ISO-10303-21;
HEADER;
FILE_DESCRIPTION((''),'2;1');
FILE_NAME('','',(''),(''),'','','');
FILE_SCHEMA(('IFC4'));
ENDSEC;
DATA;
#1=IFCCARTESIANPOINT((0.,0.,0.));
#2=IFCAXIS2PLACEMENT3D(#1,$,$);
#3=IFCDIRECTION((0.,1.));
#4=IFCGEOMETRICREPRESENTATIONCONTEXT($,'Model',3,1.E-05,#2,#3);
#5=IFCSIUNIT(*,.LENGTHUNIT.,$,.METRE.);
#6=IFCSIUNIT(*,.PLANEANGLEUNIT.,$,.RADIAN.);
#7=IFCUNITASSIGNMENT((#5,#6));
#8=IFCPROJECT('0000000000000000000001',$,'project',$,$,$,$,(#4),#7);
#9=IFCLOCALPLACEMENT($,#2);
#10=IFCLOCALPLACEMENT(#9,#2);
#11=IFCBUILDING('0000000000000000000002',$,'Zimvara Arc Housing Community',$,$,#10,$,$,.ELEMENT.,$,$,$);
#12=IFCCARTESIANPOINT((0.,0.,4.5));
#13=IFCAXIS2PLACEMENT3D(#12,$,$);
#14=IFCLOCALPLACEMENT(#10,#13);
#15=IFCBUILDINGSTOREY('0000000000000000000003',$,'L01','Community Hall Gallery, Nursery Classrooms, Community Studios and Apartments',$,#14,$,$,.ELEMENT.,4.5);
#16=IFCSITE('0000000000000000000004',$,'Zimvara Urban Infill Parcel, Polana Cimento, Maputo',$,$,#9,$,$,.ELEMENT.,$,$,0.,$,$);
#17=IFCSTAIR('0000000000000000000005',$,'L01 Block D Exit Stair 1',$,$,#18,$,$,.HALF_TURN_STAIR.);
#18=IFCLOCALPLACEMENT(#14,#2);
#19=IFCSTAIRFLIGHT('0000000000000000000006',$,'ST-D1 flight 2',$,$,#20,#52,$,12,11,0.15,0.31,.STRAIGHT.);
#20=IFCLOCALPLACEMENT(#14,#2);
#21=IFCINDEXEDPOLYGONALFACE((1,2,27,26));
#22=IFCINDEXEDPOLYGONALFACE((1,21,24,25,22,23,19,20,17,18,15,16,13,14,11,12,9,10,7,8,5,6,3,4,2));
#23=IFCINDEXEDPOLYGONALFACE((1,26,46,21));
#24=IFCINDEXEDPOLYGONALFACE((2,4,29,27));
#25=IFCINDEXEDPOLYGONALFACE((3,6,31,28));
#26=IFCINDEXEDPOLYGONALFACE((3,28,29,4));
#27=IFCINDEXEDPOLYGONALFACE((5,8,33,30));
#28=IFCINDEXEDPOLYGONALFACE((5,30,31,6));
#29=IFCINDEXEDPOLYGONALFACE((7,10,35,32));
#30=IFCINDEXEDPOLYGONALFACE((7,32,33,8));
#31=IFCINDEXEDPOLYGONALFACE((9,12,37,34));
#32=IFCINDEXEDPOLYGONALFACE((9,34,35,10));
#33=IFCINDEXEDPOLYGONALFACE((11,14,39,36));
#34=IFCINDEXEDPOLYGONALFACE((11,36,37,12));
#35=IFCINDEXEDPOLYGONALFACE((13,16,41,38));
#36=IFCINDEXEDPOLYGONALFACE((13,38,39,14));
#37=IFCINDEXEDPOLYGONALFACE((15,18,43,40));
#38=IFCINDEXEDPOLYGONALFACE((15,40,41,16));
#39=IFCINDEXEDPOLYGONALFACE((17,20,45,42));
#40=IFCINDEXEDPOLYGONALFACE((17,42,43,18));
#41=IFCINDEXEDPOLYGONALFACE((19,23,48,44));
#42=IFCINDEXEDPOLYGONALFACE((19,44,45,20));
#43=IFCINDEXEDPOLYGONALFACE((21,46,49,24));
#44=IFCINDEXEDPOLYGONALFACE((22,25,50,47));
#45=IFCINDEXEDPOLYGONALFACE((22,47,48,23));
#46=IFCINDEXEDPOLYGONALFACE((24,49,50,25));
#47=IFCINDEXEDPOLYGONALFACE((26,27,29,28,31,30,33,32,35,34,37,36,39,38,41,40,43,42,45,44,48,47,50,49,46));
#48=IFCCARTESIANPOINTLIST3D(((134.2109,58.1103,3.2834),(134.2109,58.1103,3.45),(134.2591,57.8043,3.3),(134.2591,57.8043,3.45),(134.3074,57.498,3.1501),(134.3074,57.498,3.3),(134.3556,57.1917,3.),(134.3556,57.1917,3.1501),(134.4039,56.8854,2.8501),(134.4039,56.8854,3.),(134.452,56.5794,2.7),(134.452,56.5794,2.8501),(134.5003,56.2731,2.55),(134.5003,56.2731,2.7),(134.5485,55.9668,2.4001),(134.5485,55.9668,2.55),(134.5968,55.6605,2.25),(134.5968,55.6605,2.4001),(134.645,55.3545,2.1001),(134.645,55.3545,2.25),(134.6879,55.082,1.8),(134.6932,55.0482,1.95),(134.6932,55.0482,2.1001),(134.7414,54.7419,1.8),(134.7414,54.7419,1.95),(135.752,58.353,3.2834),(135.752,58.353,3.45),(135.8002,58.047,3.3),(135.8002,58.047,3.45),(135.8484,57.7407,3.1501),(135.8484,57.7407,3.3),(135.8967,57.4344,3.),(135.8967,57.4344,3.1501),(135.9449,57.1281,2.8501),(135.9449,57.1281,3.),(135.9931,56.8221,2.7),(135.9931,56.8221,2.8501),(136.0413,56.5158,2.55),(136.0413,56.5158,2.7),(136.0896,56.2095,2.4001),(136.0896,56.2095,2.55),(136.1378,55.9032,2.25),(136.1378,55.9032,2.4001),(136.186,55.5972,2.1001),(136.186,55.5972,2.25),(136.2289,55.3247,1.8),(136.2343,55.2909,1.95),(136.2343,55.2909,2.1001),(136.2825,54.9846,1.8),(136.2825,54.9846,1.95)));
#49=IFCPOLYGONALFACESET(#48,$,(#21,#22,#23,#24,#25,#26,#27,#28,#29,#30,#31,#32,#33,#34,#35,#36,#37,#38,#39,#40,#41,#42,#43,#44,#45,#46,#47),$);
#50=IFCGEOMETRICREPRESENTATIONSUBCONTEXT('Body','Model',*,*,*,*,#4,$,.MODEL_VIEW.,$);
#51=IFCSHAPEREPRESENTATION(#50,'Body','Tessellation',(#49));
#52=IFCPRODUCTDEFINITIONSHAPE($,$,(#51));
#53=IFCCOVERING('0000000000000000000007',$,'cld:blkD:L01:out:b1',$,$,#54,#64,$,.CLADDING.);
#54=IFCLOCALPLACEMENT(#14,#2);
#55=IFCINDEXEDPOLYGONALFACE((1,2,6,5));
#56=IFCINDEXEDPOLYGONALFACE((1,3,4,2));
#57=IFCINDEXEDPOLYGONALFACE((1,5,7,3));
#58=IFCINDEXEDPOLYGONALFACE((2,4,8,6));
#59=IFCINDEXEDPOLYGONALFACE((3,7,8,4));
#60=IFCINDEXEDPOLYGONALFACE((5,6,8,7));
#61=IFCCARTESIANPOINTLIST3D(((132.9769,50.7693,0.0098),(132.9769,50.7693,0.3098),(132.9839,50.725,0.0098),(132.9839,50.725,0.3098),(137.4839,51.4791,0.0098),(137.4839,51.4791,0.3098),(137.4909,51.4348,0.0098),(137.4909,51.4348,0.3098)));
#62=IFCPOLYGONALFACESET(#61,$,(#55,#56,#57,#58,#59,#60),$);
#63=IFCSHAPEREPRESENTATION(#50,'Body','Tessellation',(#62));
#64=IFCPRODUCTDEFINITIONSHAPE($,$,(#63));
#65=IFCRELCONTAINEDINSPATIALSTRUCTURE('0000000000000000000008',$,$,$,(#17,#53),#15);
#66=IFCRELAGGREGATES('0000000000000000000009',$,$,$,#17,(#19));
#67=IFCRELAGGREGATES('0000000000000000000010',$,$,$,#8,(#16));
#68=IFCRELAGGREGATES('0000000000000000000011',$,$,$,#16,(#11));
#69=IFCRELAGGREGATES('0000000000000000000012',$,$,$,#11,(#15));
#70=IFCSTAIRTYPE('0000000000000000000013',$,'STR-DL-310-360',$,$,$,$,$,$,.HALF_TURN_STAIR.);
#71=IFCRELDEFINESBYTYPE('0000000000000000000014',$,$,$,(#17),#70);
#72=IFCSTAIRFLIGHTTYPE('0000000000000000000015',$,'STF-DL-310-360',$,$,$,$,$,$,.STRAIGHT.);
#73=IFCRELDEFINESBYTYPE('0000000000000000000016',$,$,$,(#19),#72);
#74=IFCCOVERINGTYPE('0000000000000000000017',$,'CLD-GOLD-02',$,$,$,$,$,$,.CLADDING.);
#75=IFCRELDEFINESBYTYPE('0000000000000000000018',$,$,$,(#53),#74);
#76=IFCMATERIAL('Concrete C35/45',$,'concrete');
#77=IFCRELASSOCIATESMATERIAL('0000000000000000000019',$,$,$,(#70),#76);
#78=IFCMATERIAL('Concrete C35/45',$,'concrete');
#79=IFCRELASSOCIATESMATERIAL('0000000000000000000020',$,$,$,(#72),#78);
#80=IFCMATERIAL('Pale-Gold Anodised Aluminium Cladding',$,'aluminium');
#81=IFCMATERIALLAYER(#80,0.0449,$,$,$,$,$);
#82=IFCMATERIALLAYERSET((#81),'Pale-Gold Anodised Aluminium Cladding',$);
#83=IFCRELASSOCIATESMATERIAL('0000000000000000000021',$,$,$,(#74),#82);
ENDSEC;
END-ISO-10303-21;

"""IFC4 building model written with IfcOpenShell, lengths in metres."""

from ifc_helpers import new_model, si_unit, direction, frame, origin, origin_2d, place, context, subcontext, project, spatial, polyline, rectangle, outline, extrude, material, layer, layer_set, type_object, element, aggregate, save


model = new_model("IFC4")

# Units and contexts
model_context = context("Model", 3, precision=1e-05, world=origin(), true_north=direction((0.0, 1.0)))
body_context = subcontext(model_context, "Body", "Model", "MODEL_VIEW")
ifc_project = project(units=[si_unit("LENGTHUNIT", "METRE"), si_unit("PLANEANGLEUNIT", "RADIAN")], contexts=[model_context])

# Site, building, storey
site_placement = place(None, origin())
site = spatial("IfcSite", under=ifc_project, at=site_placement, Name="Zimvara Urban Infill Parcel, Polana Cimento, Maputo", CompositionType="ELEMENT", RefElevation=0.0)
building_placement = place(site_placement, origin())
building = spatial("IfcBuilding", under=site, at=building_placement, Name="Zimvara Arc Housing Community", CompositionType="ELEMENT")
storey_placement = place(building_placement, frame((0.0, 0.0, 4.5)))
storey = spatial("IfcBuildingStorey", under=building, at=storey_placement, Name="L01", Description="Community Hall Gallery, Nursery Classrooms, Community Studios and Apartments", CompositionType="ELEMENT", Elevation=4.5)

# Stair, stair flight
ifc_material_1 = material(Name="Concrete C35/45", Category="concrete")
stair_type = type_object("IfcStairType", Name="STR-DL-310-360", PredefinedType="HALF_TURN_STAIR", material=ifc_material_1)
stair_placement = place(storey_placement, origin())
stair = element("IfcStair", 1, at=stair_placement, inside=storey, type_object=stair_type, Name="L01 Block D Exit Stair 1", PredefinedType="HALF_TURN_STAIR")
ifc_material_2 = material(Name="Concrete C35/45", Category="concrete")
stair_flight_type = type_object("IfcStairFlightType", Name="STF-DL-310-360", PredefinedType="STRAIGHT", material=ifc_material_2)
stair_flight_1_placement = place(storey_placement, frame((135.512, 54.8633, 1.8), z_axis=(0.0, 0.0, 1.0), x_axis=(-0.155572, 0.987824, 0.0)))
stair_flight_1 = element("IfcStairFlight", 2, at=stair_flight_1_placement, type_object=stair_flight_type, Name="ST-D1 flight 2", NumberOfRisers=12, NumberOfTreads=11, PredefinedType="STRAIGHT", RiserHeight=0.15, TreadLength=0.31, context=body_context, shape_type="SweptSolid", body=[
    extrude(outline(polyline([(0.0, 0.0), (0.0, 0.1499), (0.3101, 0.1499), (0.3101, 0.3), (0.6201, 0.3), (0.6201, 0.45), (0.9299, 0.45), (0.9299, 0.6001), (1.24, 0.6001), (1.24, 0.75), (1.55, 0.75), (1.55, 0.8999), (1.8601, 0.8999), (1.8601, 1.05), (2.1699, 1.05), (2.1699, 1.2), (2.48, 1.2), (2.48, 1.3501), (2.79, 1.3501), (2.79, 1.5), (3.1001, 1.5), (3.1001, 1.6499), (3.4099, 1.6499), (3.4099, 1.8), (3.4099, 1.4834), (0.3442, 0.0), (0.0, 0.0)])), frame((0.0, 0.78, 0.0), z_axis=(0.0, -1.0, 0.0), x_axis=(1.0, 0.0, 0.0)), (0.0, 0.0, 1.0), 1.5601),
])
aggregate(stair, [stair_flight_1])

# Covering
ifc_material_3 = material(Name="Pale-Gold Anodised Aluminium Cladding", Category="aluminium")
ifc_layer_1 = layer(ifc_material_3, 0.0449)
ifc_layer_set_1 = layer_set([ifc_layer_1], Name="Pale-Gold Anodised Aluminium Cladding")
covering_type = type_object("IfcCoveringType", Name="CLD-GOLD-02", PredefinedType="CLADDING", material=ifc_layer_set_1)
covering_placement = place(storey_placement, frame((135.2339, 51.1021, 0.0098), z_axis=(0.0, 0.0, 1.0), x_axis=(0.987824, 0.155572, 0.0)))
element("IfcCovering", 3, at=covering_placement, inside=storey, type_object=covering_type, Name="cld:blkD:L01:out:b1", PredefinedType="CLADDING", context=body_context, shape_type="SweptSolid", body=[
    extrude(rectangle(XDim=4.5625, YDim=0.0449, at=origin_2d()), origin(), (0.0, 0.0, 1.0), 0.3),
])

save(model, "model.ifc")
